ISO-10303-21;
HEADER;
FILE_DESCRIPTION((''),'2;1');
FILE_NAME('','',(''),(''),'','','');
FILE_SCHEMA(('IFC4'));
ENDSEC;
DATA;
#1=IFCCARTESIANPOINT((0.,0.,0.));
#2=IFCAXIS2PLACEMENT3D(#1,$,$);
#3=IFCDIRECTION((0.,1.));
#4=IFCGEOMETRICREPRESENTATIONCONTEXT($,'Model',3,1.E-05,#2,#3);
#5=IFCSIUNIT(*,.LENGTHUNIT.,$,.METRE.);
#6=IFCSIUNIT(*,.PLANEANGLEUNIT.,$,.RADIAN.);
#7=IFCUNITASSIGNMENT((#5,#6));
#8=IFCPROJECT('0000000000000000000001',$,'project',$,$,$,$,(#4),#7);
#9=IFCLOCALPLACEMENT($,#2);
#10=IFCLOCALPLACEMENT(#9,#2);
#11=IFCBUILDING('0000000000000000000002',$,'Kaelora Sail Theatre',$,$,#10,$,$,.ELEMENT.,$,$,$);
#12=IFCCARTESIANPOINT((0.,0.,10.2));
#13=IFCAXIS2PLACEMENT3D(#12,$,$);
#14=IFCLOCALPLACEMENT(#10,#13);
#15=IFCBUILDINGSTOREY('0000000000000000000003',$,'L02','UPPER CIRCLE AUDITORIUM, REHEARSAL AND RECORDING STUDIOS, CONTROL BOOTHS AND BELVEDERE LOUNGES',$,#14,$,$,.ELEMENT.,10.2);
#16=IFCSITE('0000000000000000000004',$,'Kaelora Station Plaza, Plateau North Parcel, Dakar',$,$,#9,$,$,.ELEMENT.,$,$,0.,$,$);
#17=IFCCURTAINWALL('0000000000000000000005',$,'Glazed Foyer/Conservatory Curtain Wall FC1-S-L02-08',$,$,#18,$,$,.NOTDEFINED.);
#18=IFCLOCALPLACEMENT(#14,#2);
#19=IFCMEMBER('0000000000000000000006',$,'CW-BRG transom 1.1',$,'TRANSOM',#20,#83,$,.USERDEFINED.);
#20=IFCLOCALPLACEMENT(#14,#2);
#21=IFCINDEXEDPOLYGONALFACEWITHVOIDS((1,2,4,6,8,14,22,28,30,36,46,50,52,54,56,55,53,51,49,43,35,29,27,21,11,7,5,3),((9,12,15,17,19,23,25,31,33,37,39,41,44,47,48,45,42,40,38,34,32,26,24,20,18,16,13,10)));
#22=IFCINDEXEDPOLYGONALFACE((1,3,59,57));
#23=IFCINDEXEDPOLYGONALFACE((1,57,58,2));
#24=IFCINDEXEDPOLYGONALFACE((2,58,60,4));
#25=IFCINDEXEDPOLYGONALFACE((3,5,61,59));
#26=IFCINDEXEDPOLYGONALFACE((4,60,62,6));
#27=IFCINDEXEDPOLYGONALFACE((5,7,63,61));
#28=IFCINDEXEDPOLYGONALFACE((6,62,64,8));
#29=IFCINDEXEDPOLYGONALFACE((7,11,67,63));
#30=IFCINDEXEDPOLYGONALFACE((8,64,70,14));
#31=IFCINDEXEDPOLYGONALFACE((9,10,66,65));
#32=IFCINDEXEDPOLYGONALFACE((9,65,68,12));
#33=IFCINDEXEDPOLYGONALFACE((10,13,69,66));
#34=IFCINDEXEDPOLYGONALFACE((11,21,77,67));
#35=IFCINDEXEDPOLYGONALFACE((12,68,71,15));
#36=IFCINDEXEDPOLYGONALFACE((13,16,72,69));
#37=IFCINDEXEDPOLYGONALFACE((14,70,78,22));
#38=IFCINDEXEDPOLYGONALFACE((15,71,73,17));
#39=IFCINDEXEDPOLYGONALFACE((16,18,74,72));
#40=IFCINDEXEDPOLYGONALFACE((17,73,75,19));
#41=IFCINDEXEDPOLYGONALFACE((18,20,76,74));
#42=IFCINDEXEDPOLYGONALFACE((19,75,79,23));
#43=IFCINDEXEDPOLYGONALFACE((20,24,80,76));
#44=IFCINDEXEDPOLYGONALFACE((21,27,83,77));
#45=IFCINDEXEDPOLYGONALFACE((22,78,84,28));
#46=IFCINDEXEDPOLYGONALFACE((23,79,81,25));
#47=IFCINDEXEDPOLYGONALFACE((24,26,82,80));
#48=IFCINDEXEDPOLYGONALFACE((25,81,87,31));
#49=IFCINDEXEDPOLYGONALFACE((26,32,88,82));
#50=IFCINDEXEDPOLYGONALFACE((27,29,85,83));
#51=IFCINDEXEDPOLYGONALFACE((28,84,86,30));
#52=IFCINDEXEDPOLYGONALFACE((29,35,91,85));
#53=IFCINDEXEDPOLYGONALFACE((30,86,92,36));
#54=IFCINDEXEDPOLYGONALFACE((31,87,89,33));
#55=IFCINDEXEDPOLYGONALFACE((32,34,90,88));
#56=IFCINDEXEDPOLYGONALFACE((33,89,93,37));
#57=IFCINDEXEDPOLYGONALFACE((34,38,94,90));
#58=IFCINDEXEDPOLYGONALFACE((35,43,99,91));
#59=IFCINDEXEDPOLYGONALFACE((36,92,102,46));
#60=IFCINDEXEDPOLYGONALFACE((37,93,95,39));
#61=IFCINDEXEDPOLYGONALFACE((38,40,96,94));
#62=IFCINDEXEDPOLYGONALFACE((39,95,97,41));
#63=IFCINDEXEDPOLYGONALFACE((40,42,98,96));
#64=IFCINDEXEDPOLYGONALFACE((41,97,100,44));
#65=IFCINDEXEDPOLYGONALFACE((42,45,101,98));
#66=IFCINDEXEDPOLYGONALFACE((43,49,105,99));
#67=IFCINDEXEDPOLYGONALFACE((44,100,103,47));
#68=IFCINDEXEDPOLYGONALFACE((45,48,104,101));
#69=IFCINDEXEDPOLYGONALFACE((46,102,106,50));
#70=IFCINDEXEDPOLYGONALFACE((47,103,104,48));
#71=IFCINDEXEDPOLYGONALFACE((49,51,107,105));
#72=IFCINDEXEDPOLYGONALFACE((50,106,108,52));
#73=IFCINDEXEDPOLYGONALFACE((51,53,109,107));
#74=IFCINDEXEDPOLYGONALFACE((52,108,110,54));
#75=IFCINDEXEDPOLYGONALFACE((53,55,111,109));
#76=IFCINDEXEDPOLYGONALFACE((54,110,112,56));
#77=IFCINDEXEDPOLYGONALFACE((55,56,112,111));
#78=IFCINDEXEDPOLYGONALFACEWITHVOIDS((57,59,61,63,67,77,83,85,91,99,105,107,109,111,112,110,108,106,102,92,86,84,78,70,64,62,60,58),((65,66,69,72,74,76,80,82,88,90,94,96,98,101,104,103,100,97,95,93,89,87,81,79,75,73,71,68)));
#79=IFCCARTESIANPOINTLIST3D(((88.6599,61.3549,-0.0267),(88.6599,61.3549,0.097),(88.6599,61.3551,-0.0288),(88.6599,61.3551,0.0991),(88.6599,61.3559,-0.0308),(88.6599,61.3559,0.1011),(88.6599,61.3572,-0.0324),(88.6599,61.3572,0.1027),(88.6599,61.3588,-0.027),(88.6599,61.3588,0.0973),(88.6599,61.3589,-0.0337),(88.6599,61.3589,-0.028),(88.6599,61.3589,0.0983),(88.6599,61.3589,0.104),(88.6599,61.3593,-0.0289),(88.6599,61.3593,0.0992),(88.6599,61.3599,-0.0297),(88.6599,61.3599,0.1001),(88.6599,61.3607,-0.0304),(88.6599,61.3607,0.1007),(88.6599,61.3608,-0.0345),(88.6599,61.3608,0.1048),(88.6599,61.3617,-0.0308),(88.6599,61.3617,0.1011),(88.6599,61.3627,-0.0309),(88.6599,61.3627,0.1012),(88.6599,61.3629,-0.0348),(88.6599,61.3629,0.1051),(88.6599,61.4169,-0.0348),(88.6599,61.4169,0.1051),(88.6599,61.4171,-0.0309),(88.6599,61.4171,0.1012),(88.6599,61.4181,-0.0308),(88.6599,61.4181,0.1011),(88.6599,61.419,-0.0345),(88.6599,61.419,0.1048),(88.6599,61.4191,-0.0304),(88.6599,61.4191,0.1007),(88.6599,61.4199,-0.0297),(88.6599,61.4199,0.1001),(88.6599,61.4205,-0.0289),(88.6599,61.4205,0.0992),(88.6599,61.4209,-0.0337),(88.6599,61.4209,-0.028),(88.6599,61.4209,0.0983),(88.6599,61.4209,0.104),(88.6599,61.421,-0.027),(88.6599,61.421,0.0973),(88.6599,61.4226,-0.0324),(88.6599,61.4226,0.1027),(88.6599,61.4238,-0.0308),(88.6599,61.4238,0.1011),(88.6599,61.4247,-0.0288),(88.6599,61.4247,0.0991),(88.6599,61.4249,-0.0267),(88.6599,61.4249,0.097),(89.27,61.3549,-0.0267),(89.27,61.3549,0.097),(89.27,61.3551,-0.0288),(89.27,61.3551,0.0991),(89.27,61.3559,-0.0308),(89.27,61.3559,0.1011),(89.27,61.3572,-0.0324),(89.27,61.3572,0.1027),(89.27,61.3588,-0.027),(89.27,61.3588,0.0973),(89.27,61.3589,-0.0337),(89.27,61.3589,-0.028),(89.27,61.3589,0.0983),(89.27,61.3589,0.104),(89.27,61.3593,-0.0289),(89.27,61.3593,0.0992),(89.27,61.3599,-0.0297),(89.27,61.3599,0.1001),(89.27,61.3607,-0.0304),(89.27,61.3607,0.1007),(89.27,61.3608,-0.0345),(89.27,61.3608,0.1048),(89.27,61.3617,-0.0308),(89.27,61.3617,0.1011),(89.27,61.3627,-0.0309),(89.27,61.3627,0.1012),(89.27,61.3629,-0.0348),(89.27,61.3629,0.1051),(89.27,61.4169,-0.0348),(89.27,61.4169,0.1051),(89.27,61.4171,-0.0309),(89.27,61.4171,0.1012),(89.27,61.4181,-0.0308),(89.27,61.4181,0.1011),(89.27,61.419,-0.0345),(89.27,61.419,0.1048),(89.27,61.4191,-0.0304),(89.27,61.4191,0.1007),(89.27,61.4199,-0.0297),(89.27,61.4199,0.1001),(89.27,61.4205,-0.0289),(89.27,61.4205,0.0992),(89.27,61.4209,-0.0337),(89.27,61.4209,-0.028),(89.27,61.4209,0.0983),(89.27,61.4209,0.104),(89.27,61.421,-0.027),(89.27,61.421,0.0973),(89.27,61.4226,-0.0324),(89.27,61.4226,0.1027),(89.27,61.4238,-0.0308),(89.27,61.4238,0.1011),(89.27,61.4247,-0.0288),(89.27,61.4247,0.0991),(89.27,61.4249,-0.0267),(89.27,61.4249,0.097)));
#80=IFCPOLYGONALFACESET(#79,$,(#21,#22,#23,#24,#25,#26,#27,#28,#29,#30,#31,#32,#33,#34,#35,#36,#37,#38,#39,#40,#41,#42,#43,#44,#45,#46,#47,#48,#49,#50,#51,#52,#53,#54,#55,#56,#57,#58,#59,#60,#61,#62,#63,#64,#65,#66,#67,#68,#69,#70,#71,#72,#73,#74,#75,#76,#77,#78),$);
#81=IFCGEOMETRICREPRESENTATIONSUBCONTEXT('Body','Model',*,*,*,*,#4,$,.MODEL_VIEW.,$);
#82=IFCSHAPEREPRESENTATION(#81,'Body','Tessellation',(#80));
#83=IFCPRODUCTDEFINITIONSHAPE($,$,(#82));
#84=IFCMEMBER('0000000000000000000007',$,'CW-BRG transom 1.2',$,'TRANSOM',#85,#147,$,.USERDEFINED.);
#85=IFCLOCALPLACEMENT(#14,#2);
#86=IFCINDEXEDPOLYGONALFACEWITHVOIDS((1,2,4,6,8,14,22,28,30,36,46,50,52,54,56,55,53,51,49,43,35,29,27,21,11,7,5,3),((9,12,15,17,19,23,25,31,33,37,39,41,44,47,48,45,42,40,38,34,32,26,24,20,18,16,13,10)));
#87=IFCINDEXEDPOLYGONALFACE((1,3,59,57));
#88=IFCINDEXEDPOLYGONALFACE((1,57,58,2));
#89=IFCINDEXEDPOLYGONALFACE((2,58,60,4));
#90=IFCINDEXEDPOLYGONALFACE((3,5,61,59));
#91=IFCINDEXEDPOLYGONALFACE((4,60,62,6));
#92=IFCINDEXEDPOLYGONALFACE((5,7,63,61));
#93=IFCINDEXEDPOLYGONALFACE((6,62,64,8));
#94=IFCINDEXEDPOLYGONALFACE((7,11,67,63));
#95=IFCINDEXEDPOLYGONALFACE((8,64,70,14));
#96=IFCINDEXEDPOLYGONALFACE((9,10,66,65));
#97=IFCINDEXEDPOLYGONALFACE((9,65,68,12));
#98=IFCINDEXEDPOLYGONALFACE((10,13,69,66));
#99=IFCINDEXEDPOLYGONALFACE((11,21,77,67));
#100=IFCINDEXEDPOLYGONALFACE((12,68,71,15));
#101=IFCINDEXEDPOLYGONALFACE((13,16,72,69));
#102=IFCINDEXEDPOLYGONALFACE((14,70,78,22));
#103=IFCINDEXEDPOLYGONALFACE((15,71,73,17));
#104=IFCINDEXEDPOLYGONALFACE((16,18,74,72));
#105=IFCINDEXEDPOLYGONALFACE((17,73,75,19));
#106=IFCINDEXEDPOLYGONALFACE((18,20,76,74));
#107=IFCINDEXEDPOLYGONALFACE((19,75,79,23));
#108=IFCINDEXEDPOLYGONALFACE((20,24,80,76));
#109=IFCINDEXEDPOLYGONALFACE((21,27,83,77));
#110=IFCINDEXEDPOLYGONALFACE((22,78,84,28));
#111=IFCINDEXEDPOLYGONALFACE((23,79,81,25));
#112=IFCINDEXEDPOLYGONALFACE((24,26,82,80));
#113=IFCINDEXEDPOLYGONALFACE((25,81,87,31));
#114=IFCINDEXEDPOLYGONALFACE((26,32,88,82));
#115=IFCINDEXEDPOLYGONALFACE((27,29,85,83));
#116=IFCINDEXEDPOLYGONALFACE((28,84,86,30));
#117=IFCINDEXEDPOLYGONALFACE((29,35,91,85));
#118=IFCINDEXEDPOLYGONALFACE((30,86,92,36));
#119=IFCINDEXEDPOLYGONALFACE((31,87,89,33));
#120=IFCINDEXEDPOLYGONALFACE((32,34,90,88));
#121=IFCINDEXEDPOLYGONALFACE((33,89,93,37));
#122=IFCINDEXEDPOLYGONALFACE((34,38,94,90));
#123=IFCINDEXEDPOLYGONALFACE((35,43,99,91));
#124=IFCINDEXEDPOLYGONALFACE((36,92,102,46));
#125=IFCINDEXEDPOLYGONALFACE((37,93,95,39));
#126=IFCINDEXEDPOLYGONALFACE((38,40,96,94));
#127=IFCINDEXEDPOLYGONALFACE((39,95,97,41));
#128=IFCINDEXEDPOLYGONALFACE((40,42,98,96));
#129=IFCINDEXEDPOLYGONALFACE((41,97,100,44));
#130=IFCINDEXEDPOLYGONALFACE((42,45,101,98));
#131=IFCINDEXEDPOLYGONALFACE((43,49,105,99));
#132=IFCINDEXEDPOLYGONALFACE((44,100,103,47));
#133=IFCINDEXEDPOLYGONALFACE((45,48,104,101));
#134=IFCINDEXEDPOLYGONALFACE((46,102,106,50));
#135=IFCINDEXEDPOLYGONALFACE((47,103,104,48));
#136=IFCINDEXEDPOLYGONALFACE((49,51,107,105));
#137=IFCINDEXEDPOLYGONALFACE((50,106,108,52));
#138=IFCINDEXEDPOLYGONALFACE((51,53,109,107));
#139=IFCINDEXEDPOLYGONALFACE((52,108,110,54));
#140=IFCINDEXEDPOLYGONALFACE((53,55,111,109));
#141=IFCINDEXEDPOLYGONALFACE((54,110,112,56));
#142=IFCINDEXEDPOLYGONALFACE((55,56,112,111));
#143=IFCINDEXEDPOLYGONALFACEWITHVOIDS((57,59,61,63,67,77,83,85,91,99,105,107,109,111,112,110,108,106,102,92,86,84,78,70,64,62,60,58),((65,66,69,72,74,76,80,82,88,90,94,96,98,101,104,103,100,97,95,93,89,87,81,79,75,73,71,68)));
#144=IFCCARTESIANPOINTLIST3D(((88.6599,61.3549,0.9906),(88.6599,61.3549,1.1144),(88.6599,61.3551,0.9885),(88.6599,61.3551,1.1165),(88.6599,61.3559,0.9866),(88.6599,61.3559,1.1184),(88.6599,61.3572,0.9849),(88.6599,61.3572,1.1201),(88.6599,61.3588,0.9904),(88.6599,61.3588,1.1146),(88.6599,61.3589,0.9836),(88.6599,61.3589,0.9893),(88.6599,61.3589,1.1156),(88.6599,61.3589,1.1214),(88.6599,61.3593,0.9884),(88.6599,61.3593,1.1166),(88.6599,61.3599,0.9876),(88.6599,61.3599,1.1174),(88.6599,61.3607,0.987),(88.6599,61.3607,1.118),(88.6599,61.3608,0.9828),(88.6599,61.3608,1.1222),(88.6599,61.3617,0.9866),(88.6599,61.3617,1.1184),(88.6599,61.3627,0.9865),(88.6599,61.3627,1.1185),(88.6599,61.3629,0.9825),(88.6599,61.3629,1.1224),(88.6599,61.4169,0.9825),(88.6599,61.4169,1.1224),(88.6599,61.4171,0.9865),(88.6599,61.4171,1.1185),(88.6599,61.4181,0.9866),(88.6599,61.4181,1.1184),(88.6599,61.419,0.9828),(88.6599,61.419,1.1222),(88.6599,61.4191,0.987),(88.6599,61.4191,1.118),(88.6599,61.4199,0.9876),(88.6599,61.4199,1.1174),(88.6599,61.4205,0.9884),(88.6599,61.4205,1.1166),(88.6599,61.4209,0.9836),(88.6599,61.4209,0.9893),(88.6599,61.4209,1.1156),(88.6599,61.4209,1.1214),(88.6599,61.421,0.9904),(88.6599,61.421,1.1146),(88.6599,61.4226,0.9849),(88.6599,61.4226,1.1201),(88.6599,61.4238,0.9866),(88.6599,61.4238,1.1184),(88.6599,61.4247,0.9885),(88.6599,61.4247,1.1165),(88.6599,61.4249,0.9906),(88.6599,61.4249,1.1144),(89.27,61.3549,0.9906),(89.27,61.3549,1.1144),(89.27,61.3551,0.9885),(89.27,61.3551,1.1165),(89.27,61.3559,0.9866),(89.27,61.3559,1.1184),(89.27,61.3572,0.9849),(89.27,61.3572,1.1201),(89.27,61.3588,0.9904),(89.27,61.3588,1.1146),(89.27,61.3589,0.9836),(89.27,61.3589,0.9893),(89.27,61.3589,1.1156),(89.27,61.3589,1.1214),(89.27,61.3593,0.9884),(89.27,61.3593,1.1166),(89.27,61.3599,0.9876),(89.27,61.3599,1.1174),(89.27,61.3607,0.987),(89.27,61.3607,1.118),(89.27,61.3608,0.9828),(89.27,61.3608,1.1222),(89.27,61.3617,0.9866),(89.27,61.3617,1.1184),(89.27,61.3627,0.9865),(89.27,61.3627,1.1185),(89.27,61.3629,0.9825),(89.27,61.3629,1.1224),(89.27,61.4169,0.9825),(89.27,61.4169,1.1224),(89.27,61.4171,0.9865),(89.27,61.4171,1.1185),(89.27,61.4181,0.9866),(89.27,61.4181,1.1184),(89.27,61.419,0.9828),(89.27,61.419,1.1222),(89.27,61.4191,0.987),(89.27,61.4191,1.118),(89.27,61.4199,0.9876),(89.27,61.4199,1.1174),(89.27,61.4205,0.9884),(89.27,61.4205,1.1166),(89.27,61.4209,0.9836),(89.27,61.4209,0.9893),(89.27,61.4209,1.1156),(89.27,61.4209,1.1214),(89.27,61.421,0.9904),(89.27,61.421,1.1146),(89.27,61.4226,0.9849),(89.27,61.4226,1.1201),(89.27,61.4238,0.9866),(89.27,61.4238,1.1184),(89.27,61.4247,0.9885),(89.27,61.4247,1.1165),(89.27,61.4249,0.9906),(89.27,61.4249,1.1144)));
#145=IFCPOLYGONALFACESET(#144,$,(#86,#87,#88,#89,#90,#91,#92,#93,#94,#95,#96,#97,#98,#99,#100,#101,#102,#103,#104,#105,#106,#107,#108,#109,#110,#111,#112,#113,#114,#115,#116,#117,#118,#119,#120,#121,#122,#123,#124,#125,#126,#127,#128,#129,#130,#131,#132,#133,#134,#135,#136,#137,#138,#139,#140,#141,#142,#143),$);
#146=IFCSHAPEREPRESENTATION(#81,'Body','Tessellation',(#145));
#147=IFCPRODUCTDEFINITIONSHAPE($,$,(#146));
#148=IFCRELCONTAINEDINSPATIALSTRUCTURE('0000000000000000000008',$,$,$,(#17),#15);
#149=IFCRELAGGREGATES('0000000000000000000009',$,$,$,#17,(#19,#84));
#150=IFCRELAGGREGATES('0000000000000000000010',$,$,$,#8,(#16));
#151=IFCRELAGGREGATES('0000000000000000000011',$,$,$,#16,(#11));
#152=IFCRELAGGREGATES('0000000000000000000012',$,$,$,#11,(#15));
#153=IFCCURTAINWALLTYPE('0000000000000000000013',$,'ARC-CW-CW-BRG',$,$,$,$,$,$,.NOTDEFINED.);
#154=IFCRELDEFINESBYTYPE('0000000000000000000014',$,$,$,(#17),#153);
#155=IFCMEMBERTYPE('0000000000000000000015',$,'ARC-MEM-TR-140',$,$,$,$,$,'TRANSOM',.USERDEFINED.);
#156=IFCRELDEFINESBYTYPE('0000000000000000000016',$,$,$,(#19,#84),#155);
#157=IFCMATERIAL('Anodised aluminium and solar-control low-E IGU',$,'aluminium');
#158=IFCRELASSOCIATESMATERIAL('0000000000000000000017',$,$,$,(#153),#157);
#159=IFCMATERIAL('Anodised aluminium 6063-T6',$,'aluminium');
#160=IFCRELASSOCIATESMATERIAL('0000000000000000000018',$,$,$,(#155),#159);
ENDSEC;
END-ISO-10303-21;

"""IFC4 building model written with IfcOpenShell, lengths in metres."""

from ifc_helpers import new_model, si_unit, direction, frame, origin, origin_2d, place, context, subcontext, project, spatial, hollow_rectangle, extrude, material, material_profile, profile_set, type_object, element, aggregate, save


model = new_model("IFC4")

# Units and contexts
model_context = context("Model", 3, precision=1e-05, world=origin(), true_north=direction((0.0, 1.0)))
body_context = subcontext(model_context, "Body", "Model", "MODEL_VIEW")
ifc_project = project(units=[si_unit("LENGTHUNIT", "METRE"), si_unit("PLANEANGLEUNIT", "RADIAN")], contexts=[model_context])

# Site, building, storey
site_placement = place(None, origin())
site = spatial("IfcSite", under=ifc_project, at=site_placement, Name="Kaelora Station Plaza, Plateau North Parcel, Dakar", CompositionType="ELEMENT", RefElevation=0.0)
building_placement = place(site_placement, origin())
building = spatial("IfcBuilding", under=site, at=building_placement, Name="Kaelora Sail Theatre", CompositionType="ELEMENT")
storey_placement = place(building_placement, frame((0.0, 0.0, 10.2)))
storey = spatial("IfcBuildingStorey", under=building, at=storey_placement, Name="L02", Description="UPPER CIRCLE AUDITORIUM, REHEARSAL AND RECORDING STUDIOS, CONTROL BOOTHS AND BELVEDERE LOUNGES", CompositionType="ELEMENT", Elevation=10.2)

# Curtain wall
ifc_material_1 = material(Name="Anodised aluminium and solar-control low-E IGU", Category="aluminium")
curtain_wall_type = type_object("IfcCurtainWallType", Name="ARC-CW-CW-BRG", PredefinedType="NOTDEFINED", material=ifc_material_1)
curtain_wall_1_placement = place(storey_placement, origin())
curtain_wall_1 = element("IfcCurtainWall", 1, at=curtain_wall_1_placement, inside=storey, type_object=curtain_wall_type, Name="Glazed Foyer/Conservatory Curtain Wall FC1-S-L02-08", PredefinedType="NOTDEFINED")

# Members
ifc_material_2 = material(Name="Anodised aluminium 6063-T6", Category="aluminium")
ifc_material_profile_1 = material_profile(ifc_material_2, hollow_rectangle(XDim=0.0701, YDim=0.1399, WallThickness=0.0039, InnerFilletRadius=0.0039, OuterFilletRadius=0.0081, at=origin_2d()), Name="ALU-TRAN 70x140x4")
ifc_profile_set_1 = profile_set([ifc_material_profile_1], Name="Anodised aluminium 6063-T6")
member_type_1 = type_object("IfcMemberType", Name="ARC-MEM-TR-140", ElementType="TRANSOM", PredefinedType="USERDEFINED", material=ifc_profile_set_1)
member_1_placement = place(storey_placement, frame((88.6599, 61.3899, 0.0352), z_axis=(1.0, 0.0, 0.0), x_axis=(0.0, 1.0, 0.0)))
member_1 = element("IfcMember", 2, at=member_1_placement, type_object=member_type_1, Name="CW-BRG transom 1.1", ObjectType="TRANSOM", PredefinedType="USERDEFINED", context=body_context, shape_type="SweptSolid", body=[
    extrude(hollow_rectangle(XDim=0.0701, YDim=0.1399, WallThickness=0.0039, InnerFilletRadius=0.0039, OuterFilletRadius=0.0081, at=origin_2d()), origin(), (0.0, 0.0, 1.0), 0.6101),
])
member_2_placement = place(storey_placement, frame((88.6599, 61.3899, 1.0525), z_axis=(1.0, 0.0, 0.0), x_axis=(0.0, 1.0, 0.0)))
member_2 = element("IfcMember", 3, at=member_2_placement, type_object=member_type_1, Name="CW-BRG transom 1.2", ObjectType="TRANSOM", PredefinedType="USERDEFINED", context=body_context, shape_type="SweptSolid", body=[
    extrude(hollow_rectangle(XDim=0.0701, YDim=0.1399, WallThickness=0.0039, InnerFilletRadius=0.0039, OuterFilletRadius=0.0081, at=origin_2d()), origin(), (0.0, 0.0, 1.0), 0.6101),
])

aggregate(curtain_wall_1, [member_1, member_2])

save(model, "model.ifc")
